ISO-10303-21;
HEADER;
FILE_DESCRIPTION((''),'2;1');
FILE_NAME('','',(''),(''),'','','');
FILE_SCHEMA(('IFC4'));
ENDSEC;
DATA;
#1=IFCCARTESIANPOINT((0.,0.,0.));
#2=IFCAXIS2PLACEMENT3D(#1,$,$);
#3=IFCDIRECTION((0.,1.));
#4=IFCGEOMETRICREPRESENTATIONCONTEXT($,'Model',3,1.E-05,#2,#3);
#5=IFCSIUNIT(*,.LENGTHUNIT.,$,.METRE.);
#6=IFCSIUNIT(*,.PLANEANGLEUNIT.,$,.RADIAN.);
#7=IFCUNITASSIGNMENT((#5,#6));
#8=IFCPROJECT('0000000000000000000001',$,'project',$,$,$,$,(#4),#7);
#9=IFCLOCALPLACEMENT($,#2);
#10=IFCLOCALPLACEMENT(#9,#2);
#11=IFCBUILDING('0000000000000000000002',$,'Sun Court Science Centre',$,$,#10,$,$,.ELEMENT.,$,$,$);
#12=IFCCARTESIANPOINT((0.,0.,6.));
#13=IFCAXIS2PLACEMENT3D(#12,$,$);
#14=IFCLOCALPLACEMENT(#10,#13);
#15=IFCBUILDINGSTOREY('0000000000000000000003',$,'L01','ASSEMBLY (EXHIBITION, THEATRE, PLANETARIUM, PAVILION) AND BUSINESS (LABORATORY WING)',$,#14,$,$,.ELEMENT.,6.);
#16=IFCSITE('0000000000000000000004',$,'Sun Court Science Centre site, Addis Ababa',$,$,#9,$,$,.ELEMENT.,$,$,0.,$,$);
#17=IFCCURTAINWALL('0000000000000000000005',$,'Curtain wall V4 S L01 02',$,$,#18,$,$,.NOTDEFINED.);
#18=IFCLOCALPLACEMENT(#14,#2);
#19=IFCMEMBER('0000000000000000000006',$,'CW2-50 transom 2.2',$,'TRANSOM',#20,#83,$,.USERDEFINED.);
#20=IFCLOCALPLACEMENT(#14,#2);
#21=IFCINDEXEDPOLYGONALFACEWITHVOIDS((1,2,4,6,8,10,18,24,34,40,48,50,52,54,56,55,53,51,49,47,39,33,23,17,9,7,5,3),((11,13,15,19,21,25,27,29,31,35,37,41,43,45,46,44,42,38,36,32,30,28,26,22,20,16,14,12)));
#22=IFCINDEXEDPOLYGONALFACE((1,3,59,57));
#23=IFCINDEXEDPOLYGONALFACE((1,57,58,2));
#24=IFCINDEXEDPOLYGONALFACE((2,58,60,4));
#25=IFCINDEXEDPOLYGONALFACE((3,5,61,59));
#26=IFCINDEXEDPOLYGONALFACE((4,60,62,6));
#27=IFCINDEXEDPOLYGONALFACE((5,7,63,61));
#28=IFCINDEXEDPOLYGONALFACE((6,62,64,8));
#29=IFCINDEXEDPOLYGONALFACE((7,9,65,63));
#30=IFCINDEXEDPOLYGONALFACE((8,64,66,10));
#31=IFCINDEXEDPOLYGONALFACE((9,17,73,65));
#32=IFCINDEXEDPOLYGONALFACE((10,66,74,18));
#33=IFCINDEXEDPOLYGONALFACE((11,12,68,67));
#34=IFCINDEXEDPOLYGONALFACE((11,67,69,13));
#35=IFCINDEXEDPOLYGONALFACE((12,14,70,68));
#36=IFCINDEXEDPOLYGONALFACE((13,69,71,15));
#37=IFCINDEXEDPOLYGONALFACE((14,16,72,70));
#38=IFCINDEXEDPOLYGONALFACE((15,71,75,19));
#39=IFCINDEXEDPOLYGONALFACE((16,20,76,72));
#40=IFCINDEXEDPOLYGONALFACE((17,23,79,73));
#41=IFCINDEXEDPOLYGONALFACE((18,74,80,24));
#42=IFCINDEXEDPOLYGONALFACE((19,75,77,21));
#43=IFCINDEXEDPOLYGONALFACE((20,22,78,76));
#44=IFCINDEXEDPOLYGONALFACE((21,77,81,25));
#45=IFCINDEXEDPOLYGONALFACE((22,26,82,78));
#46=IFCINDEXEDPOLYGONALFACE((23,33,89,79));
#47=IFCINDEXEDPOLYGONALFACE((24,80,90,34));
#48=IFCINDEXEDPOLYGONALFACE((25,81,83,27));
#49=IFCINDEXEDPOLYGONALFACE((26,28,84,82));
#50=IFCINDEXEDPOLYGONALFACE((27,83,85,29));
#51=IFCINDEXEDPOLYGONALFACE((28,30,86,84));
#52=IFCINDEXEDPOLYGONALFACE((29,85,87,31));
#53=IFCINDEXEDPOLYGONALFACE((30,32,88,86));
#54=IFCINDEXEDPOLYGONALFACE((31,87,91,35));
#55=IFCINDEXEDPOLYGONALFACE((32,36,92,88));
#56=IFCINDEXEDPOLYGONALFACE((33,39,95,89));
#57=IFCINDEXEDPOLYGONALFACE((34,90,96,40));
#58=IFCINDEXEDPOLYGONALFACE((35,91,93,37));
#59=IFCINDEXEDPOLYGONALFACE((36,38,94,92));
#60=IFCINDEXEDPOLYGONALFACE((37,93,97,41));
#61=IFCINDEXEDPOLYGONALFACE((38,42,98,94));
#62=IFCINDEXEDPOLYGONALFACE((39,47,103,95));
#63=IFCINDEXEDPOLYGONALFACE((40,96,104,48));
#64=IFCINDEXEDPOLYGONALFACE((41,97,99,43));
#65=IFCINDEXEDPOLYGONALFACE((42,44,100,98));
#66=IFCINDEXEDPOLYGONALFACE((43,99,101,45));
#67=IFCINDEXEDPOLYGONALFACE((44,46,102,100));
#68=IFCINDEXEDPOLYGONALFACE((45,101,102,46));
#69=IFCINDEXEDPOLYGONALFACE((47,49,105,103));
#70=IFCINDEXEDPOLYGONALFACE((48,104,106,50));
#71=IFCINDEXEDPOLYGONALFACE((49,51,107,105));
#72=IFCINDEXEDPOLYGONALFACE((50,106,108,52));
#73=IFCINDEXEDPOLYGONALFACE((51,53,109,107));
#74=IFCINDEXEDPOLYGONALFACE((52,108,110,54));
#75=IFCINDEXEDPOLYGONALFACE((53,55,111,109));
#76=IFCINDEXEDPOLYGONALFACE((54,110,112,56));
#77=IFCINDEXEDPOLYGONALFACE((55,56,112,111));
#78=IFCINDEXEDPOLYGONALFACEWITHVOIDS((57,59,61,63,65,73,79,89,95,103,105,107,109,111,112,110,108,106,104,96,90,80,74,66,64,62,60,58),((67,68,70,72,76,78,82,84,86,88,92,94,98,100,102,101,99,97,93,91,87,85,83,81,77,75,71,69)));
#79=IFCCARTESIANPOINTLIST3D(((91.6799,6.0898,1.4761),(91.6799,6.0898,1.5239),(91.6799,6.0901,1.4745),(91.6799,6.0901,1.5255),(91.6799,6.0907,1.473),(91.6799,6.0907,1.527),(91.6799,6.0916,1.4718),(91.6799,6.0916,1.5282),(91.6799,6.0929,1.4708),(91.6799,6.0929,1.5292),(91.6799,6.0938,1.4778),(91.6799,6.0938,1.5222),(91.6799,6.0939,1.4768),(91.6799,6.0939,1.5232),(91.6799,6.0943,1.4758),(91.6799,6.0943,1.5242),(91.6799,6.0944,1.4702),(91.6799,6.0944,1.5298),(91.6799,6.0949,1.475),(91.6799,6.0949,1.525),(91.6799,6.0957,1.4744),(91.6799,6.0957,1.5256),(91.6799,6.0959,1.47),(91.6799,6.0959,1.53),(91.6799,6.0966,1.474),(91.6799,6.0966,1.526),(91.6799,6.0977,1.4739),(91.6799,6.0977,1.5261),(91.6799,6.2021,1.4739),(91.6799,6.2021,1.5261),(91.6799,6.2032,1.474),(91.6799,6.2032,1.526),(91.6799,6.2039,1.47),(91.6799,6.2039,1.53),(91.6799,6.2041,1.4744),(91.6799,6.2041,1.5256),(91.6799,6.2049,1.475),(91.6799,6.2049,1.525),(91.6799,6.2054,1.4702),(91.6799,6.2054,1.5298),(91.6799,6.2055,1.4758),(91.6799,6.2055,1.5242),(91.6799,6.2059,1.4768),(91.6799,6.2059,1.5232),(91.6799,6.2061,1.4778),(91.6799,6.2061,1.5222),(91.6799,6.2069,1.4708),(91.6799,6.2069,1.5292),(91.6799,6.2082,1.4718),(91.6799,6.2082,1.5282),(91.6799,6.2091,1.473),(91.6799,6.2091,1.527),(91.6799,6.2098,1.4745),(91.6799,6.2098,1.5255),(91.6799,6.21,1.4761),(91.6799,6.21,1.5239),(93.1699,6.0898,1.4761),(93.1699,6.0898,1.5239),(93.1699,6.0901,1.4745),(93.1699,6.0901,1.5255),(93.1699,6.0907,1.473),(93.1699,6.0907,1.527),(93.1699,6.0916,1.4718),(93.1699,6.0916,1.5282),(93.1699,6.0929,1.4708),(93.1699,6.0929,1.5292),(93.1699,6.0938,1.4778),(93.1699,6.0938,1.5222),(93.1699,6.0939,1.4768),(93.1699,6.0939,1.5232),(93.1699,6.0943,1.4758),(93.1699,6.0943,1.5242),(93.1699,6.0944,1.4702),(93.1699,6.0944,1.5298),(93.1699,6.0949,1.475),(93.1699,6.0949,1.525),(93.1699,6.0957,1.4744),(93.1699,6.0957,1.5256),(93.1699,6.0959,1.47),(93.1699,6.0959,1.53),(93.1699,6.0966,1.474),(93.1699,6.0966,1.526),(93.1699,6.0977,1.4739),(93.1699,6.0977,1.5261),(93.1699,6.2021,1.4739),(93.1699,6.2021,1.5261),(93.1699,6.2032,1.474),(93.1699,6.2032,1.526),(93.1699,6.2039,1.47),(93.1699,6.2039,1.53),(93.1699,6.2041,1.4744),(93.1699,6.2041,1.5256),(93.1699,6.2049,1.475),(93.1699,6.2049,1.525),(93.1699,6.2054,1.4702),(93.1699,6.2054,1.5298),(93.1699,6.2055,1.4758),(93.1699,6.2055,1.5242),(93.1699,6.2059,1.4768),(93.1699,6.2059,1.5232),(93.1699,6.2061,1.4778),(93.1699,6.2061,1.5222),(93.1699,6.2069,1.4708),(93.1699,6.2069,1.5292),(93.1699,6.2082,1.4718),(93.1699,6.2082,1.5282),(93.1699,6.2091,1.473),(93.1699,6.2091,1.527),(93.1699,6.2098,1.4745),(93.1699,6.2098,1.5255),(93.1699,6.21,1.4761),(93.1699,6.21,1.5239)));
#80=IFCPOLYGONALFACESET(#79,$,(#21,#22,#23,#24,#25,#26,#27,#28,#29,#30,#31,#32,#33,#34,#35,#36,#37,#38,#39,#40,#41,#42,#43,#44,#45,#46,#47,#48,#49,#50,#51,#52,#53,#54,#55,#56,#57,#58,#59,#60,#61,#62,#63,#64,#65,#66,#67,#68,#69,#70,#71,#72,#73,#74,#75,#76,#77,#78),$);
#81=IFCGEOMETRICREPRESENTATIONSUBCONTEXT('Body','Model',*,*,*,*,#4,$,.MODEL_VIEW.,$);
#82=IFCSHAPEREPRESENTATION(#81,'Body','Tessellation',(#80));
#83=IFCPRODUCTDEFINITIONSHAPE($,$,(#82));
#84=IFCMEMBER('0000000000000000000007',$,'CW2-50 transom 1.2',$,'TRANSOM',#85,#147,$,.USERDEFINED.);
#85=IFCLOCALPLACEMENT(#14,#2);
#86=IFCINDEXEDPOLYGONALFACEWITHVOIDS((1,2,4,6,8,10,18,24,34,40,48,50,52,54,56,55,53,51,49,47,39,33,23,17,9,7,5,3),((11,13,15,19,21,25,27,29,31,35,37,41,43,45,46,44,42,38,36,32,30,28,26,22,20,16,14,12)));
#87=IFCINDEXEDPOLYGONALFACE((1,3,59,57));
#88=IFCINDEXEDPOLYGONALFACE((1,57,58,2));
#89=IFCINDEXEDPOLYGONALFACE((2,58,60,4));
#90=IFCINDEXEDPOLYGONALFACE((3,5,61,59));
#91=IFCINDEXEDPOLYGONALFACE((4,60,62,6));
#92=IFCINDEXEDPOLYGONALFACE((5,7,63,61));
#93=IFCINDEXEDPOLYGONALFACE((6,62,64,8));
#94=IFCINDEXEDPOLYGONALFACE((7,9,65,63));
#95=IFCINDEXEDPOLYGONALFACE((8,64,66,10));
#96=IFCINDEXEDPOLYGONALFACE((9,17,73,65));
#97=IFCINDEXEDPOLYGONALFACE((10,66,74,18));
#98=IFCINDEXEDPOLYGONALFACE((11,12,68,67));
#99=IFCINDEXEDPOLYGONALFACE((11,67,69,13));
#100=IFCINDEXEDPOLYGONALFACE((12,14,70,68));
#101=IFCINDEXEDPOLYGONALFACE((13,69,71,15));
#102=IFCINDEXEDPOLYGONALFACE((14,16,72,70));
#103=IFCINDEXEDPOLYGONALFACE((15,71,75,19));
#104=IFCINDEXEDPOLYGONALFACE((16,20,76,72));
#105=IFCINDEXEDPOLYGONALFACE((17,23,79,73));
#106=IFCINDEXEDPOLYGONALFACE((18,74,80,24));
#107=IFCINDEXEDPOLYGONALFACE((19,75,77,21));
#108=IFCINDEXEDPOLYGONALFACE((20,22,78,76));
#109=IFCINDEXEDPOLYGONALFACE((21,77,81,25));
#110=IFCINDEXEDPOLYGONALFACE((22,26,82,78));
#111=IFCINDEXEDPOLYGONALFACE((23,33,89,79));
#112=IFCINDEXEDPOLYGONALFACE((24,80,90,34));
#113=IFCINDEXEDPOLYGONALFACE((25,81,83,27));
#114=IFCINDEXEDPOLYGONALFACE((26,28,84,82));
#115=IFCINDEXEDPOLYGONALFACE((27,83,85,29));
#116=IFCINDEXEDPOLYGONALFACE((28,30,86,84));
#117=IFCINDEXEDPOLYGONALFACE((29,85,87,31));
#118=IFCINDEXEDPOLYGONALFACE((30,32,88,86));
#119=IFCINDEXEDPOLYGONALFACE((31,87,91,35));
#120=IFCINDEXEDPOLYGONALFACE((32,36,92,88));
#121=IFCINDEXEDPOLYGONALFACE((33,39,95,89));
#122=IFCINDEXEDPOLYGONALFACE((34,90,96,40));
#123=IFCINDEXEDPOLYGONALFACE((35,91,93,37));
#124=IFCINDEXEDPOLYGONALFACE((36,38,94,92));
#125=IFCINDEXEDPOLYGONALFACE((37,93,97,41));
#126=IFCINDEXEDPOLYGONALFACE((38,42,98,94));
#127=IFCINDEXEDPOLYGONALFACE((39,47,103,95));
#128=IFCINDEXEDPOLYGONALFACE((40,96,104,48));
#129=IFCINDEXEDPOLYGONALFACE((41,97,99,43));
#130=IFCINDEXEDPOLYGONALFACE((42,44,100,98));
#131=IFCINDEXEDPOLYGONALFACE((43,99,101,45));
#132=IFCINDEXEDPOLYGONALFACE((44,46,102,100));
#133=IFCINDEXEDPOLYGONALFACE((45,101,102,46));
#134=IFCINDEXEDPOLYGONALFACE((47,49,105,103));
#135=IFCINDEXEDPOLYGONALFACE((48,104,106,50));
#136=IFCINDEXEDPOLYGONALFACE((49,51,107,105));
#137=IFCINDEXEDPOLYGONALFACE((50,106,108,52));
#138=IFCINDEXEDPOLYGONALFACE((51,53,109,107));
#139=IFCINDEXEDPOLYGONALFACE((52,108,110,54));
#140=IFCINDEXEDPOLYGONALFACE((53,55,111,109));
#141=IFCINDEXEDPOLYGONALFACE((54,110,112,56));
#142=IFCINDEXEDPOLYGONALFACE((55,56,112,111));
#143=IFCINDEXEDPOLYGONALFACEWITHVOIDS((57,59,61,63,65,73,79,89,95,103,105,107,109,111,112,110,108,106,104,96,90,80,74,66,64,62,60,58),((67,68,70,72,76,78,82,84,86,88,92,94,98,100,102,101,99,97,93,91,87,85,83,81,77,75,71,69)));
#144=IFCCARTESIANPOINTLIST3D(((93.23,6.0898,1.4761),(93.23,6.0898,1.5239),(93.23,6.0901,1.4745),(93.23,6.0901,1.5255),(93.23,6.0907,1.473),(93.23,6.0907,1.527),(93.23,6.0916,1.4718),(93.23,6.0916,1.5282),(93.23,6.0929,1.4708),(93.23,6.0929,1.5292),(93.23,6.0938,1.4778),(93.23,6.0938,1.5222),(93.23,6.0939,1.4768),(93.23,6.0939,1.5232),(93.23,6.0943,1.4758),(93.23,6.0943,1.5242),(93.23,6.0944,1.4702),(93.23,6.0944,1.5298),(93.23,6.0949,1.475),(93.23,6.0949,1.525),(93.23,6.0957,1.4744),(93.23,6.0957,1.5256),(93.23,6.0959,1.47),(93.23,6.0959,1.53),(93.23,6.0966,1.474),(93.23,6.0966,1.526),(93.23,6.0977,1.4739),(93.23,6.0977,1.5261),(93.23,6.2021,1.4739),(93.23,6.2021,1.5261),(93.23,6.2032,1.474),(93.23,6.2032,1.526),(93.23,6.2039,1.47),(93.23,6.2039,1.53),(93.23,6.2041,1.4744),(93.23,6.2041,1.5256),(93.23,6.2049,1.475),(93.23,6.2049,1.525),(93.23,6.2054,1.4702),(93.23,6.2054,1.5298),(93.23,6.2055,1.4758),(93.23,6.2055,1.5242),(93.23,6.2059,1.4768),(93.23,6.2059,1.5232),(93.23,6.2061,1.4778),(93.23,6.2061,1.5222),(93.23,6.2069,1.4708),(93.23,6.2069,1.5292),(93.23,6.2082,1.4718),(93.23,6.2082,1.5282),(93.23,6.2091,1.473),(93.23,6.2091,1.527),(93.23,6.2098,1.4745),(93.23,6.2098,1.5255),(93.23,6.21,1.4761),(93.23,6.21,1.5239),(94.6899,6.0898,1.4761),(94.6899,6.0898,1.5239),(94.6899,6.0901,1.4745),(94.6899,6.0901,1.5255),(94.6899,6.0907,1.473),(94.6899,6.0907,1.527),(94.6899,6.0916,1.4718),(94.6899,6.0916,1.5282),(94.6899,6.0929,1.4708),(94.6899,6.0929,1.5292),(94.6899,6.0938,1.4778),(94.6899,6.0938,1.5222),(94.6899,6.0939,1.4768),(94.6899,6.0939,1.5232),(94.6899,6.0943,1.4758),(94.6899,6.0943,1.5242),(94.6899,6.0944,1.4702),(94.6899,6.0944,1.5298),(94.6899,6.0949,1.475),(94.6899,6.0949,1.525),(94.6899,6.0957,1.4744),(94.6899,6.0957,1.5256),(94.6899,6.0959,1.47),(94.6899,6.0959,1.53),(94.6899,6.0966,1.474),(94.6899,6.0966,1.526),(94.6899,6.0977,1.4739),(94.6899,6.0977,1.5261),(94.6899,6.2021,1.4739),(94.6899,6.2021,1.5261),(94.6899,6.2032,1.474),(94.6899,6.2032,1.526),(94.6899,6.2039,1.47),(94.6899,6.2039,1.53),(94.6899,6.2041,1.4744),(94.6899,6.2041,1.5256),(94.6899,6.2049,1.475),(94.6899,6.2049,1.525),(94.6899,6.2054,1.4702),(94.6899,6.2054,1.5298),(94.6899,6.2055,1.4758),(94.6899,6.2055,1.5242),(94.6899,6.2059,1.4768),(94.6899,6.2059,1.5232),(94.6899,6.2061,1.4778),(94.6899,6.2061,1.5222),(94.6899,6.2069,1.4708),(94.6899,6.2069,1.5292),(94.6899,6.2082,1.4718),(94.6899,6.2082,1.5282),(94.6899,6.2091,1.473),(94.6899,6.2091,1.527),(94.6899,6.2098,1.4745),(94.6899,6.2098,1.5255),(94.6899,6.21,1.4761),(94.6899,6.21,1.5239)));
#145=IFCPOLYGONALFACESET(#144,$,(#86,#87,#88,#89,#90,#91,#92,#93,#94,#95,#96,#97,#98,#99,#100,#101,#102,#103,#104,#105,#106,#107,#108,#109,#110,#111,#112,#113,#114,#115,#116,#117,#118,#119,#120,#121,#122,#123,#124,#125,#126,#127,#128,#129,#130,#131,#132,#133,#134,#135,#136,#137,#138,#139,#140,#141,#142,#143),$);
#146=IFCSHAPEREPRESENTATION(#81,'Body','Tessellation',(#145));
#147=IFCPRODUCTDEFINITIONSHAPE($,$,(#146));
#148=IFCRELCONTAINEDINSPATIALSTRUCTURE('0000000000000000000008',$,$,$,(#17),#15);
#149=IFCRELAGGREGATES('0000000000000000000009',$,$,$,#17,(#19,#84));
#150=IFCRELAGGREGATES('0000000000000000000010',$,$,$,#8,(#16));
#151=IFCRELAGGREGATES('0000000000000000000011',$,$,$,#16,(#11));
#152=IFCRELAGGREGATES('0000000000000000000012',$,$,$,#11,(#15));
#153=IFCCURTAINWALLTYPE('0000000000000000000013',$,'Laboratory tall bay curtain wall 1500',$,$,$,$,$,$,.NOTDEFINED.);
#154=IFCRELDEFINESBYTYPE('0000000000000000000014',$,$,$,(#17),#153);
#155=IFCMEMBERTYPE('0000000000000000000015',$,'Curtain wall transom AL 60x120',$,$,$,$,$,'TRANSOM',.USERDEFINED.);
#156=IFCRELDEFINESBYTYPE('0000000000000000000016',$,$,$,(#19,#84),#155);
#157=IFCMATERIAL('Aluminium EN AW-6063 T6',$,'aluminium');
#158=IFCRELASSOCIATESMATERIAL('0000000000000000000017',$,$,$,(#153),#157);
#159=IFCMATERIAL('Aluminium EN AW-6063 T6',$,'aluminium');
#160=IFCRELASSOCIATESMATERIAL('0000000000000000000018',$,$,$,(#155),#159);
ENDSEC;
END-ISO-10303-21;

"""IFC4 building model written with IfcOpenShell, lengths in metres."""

from ifc_helpers import new_model, si_unit, direction, frame, origin, origin_2d, place, context, subcontext, project, spatial, hollow_rectangle, extrude, material, material_profile, profile_set, type_object, element, aggregate, save


model = new_model("IFC4")

# Units and contexts
model_context = context("Model", 3, precision=1e-05, world=origin(), true_north=direction((0.0, 1.0)))
body_context = subcontext(model_context, "Body", "Model", "MODEL_VIEW")
ifc_project = project(units=[si_unit("LENGTHUNIT", "METRE"), si_unit("PLANEANGLEUNIT", "RADIAN")], contexts=[model_context])

# Site, building, storey
site_placement = place(None, origin())
site = spatial("IfcSite", under=ifc_project, at=site_placement, Name="Sun Court Science Centre site, Addis Ababa", CompositionType="ELEMENT", RefElevation=0.0)
building_placement = place(site_placement, origin())
building = spatial("IfcBuilding", under=site, at=building_placement, Name="Sun Court Science Centre", CompositionType="ELEMENT")
storey_placement = place(building_placement, frame((0.0, 0.0, 6.0)))
storey = spatial("IfcBuildingStorey", under=building, at=storey_placement, Name="L01", Description="ASSEMBLY (EXHIBITION, THEATRE, PLANETARIUM, PAVILION) AND BUSINESS (LABORATORY WING)", CompositionType="ELEMENT", Elevation=6.0)

# Curtain wall
ifc_material_1 = material(Name="Aluminium EN AW-6063 T6", Category="aluminium")
curtain_wall_type = type_object("IfcCurtainWallType", Name="Laboratory tall bay curtain wall 1500", PredefinedType="NOTDEFINED", material=ifc_material_1)
curtain_wall_1_placement = place(storey_placement, origin())
curtain_wall_1 = element("IfcCurtainWall", 1, at=curtain_wall_1_placement, inside=storey, type_object=curtain_wall_type, Name="Curtain wall V4 S L01 02", PredefinedType="NOTDEFINED")

# Members
ifc_material_2 = material(Name="Aluminium EN AW-6063 T6", Category="aluminium")
ifc_material_profile_1 = material_profile(ifc_material_2, hollow_rectangle(XDim=0.0601, YDim=0.1201, WallThickness=0.0039, InnerFilletRadius=0.0039, OuterFilletRadius=0.0061, at=origin_2d()), Name="AL 60x120x4")
ifc_profile_set_1 = profile_set([ifc_material_profile_1], Name="Aluminium EN AW-6063 T6")
member_type_1 = type_object("IfcMemberType", Name="Curtain wall transom AL 60x120", ElementType="TRANSOM", PredefinedType="USERDEFINED", material=ifc_profile_set_1)
member_1_placement = place(storey_placement, frame((93.1699, 6.1499, 1.5), z_axis=(-1.0, 0.0, 0.0), x_axis=(0.0, 0.0, 1.0)))
member_1 = element("IfcMember", 2, at=member_1_placement, type_object=member_type_1, Name="CW2-50 transom 2.2", ObjectType="TRANSOM", PredefinedType="USERDEFINED", context=body_context, shape_type="SweptSolid", body=[
    extrude(hollow_rectangle(XDim=0.0601, YDim=0.1201, WallThickness=0.0039, InnerFilletRadius=0.0039, OuterFilletRadius=0.0061, at=origin_2d()), origin(), (0.0, 0.0, 1.0), 1.49),
])
member_2_placement = place(storey_placement, frame((94.6899, 6.1499, 1.5), z_axis=(-1.0, 0.0, 0.0), x_axis=(0.0, 0.0, 1.0)))
member_2 = element("IfcMember", 3, at=member_2_placement, type_object=member_type_1, Name="CW2-50 transom 1.2", ObjectType="TRANSOM", PredefinedType="USERDEFINED", context=body_context, shape_type="SweptSolid", body=[
    extrude(hollow_rectangle(XDim=0.0601, YDim=0.1201, WallThickness=0.0039, InnerFilletRadius=0.0039, OuterFilletRadius=0.0061, at=origin_2d()), origin(), (0.0, 0.0, 1.0), 1.46),
])

aggregate(curtain_wall_1, [member_1, member_2])

save(model, "model.ifc")
